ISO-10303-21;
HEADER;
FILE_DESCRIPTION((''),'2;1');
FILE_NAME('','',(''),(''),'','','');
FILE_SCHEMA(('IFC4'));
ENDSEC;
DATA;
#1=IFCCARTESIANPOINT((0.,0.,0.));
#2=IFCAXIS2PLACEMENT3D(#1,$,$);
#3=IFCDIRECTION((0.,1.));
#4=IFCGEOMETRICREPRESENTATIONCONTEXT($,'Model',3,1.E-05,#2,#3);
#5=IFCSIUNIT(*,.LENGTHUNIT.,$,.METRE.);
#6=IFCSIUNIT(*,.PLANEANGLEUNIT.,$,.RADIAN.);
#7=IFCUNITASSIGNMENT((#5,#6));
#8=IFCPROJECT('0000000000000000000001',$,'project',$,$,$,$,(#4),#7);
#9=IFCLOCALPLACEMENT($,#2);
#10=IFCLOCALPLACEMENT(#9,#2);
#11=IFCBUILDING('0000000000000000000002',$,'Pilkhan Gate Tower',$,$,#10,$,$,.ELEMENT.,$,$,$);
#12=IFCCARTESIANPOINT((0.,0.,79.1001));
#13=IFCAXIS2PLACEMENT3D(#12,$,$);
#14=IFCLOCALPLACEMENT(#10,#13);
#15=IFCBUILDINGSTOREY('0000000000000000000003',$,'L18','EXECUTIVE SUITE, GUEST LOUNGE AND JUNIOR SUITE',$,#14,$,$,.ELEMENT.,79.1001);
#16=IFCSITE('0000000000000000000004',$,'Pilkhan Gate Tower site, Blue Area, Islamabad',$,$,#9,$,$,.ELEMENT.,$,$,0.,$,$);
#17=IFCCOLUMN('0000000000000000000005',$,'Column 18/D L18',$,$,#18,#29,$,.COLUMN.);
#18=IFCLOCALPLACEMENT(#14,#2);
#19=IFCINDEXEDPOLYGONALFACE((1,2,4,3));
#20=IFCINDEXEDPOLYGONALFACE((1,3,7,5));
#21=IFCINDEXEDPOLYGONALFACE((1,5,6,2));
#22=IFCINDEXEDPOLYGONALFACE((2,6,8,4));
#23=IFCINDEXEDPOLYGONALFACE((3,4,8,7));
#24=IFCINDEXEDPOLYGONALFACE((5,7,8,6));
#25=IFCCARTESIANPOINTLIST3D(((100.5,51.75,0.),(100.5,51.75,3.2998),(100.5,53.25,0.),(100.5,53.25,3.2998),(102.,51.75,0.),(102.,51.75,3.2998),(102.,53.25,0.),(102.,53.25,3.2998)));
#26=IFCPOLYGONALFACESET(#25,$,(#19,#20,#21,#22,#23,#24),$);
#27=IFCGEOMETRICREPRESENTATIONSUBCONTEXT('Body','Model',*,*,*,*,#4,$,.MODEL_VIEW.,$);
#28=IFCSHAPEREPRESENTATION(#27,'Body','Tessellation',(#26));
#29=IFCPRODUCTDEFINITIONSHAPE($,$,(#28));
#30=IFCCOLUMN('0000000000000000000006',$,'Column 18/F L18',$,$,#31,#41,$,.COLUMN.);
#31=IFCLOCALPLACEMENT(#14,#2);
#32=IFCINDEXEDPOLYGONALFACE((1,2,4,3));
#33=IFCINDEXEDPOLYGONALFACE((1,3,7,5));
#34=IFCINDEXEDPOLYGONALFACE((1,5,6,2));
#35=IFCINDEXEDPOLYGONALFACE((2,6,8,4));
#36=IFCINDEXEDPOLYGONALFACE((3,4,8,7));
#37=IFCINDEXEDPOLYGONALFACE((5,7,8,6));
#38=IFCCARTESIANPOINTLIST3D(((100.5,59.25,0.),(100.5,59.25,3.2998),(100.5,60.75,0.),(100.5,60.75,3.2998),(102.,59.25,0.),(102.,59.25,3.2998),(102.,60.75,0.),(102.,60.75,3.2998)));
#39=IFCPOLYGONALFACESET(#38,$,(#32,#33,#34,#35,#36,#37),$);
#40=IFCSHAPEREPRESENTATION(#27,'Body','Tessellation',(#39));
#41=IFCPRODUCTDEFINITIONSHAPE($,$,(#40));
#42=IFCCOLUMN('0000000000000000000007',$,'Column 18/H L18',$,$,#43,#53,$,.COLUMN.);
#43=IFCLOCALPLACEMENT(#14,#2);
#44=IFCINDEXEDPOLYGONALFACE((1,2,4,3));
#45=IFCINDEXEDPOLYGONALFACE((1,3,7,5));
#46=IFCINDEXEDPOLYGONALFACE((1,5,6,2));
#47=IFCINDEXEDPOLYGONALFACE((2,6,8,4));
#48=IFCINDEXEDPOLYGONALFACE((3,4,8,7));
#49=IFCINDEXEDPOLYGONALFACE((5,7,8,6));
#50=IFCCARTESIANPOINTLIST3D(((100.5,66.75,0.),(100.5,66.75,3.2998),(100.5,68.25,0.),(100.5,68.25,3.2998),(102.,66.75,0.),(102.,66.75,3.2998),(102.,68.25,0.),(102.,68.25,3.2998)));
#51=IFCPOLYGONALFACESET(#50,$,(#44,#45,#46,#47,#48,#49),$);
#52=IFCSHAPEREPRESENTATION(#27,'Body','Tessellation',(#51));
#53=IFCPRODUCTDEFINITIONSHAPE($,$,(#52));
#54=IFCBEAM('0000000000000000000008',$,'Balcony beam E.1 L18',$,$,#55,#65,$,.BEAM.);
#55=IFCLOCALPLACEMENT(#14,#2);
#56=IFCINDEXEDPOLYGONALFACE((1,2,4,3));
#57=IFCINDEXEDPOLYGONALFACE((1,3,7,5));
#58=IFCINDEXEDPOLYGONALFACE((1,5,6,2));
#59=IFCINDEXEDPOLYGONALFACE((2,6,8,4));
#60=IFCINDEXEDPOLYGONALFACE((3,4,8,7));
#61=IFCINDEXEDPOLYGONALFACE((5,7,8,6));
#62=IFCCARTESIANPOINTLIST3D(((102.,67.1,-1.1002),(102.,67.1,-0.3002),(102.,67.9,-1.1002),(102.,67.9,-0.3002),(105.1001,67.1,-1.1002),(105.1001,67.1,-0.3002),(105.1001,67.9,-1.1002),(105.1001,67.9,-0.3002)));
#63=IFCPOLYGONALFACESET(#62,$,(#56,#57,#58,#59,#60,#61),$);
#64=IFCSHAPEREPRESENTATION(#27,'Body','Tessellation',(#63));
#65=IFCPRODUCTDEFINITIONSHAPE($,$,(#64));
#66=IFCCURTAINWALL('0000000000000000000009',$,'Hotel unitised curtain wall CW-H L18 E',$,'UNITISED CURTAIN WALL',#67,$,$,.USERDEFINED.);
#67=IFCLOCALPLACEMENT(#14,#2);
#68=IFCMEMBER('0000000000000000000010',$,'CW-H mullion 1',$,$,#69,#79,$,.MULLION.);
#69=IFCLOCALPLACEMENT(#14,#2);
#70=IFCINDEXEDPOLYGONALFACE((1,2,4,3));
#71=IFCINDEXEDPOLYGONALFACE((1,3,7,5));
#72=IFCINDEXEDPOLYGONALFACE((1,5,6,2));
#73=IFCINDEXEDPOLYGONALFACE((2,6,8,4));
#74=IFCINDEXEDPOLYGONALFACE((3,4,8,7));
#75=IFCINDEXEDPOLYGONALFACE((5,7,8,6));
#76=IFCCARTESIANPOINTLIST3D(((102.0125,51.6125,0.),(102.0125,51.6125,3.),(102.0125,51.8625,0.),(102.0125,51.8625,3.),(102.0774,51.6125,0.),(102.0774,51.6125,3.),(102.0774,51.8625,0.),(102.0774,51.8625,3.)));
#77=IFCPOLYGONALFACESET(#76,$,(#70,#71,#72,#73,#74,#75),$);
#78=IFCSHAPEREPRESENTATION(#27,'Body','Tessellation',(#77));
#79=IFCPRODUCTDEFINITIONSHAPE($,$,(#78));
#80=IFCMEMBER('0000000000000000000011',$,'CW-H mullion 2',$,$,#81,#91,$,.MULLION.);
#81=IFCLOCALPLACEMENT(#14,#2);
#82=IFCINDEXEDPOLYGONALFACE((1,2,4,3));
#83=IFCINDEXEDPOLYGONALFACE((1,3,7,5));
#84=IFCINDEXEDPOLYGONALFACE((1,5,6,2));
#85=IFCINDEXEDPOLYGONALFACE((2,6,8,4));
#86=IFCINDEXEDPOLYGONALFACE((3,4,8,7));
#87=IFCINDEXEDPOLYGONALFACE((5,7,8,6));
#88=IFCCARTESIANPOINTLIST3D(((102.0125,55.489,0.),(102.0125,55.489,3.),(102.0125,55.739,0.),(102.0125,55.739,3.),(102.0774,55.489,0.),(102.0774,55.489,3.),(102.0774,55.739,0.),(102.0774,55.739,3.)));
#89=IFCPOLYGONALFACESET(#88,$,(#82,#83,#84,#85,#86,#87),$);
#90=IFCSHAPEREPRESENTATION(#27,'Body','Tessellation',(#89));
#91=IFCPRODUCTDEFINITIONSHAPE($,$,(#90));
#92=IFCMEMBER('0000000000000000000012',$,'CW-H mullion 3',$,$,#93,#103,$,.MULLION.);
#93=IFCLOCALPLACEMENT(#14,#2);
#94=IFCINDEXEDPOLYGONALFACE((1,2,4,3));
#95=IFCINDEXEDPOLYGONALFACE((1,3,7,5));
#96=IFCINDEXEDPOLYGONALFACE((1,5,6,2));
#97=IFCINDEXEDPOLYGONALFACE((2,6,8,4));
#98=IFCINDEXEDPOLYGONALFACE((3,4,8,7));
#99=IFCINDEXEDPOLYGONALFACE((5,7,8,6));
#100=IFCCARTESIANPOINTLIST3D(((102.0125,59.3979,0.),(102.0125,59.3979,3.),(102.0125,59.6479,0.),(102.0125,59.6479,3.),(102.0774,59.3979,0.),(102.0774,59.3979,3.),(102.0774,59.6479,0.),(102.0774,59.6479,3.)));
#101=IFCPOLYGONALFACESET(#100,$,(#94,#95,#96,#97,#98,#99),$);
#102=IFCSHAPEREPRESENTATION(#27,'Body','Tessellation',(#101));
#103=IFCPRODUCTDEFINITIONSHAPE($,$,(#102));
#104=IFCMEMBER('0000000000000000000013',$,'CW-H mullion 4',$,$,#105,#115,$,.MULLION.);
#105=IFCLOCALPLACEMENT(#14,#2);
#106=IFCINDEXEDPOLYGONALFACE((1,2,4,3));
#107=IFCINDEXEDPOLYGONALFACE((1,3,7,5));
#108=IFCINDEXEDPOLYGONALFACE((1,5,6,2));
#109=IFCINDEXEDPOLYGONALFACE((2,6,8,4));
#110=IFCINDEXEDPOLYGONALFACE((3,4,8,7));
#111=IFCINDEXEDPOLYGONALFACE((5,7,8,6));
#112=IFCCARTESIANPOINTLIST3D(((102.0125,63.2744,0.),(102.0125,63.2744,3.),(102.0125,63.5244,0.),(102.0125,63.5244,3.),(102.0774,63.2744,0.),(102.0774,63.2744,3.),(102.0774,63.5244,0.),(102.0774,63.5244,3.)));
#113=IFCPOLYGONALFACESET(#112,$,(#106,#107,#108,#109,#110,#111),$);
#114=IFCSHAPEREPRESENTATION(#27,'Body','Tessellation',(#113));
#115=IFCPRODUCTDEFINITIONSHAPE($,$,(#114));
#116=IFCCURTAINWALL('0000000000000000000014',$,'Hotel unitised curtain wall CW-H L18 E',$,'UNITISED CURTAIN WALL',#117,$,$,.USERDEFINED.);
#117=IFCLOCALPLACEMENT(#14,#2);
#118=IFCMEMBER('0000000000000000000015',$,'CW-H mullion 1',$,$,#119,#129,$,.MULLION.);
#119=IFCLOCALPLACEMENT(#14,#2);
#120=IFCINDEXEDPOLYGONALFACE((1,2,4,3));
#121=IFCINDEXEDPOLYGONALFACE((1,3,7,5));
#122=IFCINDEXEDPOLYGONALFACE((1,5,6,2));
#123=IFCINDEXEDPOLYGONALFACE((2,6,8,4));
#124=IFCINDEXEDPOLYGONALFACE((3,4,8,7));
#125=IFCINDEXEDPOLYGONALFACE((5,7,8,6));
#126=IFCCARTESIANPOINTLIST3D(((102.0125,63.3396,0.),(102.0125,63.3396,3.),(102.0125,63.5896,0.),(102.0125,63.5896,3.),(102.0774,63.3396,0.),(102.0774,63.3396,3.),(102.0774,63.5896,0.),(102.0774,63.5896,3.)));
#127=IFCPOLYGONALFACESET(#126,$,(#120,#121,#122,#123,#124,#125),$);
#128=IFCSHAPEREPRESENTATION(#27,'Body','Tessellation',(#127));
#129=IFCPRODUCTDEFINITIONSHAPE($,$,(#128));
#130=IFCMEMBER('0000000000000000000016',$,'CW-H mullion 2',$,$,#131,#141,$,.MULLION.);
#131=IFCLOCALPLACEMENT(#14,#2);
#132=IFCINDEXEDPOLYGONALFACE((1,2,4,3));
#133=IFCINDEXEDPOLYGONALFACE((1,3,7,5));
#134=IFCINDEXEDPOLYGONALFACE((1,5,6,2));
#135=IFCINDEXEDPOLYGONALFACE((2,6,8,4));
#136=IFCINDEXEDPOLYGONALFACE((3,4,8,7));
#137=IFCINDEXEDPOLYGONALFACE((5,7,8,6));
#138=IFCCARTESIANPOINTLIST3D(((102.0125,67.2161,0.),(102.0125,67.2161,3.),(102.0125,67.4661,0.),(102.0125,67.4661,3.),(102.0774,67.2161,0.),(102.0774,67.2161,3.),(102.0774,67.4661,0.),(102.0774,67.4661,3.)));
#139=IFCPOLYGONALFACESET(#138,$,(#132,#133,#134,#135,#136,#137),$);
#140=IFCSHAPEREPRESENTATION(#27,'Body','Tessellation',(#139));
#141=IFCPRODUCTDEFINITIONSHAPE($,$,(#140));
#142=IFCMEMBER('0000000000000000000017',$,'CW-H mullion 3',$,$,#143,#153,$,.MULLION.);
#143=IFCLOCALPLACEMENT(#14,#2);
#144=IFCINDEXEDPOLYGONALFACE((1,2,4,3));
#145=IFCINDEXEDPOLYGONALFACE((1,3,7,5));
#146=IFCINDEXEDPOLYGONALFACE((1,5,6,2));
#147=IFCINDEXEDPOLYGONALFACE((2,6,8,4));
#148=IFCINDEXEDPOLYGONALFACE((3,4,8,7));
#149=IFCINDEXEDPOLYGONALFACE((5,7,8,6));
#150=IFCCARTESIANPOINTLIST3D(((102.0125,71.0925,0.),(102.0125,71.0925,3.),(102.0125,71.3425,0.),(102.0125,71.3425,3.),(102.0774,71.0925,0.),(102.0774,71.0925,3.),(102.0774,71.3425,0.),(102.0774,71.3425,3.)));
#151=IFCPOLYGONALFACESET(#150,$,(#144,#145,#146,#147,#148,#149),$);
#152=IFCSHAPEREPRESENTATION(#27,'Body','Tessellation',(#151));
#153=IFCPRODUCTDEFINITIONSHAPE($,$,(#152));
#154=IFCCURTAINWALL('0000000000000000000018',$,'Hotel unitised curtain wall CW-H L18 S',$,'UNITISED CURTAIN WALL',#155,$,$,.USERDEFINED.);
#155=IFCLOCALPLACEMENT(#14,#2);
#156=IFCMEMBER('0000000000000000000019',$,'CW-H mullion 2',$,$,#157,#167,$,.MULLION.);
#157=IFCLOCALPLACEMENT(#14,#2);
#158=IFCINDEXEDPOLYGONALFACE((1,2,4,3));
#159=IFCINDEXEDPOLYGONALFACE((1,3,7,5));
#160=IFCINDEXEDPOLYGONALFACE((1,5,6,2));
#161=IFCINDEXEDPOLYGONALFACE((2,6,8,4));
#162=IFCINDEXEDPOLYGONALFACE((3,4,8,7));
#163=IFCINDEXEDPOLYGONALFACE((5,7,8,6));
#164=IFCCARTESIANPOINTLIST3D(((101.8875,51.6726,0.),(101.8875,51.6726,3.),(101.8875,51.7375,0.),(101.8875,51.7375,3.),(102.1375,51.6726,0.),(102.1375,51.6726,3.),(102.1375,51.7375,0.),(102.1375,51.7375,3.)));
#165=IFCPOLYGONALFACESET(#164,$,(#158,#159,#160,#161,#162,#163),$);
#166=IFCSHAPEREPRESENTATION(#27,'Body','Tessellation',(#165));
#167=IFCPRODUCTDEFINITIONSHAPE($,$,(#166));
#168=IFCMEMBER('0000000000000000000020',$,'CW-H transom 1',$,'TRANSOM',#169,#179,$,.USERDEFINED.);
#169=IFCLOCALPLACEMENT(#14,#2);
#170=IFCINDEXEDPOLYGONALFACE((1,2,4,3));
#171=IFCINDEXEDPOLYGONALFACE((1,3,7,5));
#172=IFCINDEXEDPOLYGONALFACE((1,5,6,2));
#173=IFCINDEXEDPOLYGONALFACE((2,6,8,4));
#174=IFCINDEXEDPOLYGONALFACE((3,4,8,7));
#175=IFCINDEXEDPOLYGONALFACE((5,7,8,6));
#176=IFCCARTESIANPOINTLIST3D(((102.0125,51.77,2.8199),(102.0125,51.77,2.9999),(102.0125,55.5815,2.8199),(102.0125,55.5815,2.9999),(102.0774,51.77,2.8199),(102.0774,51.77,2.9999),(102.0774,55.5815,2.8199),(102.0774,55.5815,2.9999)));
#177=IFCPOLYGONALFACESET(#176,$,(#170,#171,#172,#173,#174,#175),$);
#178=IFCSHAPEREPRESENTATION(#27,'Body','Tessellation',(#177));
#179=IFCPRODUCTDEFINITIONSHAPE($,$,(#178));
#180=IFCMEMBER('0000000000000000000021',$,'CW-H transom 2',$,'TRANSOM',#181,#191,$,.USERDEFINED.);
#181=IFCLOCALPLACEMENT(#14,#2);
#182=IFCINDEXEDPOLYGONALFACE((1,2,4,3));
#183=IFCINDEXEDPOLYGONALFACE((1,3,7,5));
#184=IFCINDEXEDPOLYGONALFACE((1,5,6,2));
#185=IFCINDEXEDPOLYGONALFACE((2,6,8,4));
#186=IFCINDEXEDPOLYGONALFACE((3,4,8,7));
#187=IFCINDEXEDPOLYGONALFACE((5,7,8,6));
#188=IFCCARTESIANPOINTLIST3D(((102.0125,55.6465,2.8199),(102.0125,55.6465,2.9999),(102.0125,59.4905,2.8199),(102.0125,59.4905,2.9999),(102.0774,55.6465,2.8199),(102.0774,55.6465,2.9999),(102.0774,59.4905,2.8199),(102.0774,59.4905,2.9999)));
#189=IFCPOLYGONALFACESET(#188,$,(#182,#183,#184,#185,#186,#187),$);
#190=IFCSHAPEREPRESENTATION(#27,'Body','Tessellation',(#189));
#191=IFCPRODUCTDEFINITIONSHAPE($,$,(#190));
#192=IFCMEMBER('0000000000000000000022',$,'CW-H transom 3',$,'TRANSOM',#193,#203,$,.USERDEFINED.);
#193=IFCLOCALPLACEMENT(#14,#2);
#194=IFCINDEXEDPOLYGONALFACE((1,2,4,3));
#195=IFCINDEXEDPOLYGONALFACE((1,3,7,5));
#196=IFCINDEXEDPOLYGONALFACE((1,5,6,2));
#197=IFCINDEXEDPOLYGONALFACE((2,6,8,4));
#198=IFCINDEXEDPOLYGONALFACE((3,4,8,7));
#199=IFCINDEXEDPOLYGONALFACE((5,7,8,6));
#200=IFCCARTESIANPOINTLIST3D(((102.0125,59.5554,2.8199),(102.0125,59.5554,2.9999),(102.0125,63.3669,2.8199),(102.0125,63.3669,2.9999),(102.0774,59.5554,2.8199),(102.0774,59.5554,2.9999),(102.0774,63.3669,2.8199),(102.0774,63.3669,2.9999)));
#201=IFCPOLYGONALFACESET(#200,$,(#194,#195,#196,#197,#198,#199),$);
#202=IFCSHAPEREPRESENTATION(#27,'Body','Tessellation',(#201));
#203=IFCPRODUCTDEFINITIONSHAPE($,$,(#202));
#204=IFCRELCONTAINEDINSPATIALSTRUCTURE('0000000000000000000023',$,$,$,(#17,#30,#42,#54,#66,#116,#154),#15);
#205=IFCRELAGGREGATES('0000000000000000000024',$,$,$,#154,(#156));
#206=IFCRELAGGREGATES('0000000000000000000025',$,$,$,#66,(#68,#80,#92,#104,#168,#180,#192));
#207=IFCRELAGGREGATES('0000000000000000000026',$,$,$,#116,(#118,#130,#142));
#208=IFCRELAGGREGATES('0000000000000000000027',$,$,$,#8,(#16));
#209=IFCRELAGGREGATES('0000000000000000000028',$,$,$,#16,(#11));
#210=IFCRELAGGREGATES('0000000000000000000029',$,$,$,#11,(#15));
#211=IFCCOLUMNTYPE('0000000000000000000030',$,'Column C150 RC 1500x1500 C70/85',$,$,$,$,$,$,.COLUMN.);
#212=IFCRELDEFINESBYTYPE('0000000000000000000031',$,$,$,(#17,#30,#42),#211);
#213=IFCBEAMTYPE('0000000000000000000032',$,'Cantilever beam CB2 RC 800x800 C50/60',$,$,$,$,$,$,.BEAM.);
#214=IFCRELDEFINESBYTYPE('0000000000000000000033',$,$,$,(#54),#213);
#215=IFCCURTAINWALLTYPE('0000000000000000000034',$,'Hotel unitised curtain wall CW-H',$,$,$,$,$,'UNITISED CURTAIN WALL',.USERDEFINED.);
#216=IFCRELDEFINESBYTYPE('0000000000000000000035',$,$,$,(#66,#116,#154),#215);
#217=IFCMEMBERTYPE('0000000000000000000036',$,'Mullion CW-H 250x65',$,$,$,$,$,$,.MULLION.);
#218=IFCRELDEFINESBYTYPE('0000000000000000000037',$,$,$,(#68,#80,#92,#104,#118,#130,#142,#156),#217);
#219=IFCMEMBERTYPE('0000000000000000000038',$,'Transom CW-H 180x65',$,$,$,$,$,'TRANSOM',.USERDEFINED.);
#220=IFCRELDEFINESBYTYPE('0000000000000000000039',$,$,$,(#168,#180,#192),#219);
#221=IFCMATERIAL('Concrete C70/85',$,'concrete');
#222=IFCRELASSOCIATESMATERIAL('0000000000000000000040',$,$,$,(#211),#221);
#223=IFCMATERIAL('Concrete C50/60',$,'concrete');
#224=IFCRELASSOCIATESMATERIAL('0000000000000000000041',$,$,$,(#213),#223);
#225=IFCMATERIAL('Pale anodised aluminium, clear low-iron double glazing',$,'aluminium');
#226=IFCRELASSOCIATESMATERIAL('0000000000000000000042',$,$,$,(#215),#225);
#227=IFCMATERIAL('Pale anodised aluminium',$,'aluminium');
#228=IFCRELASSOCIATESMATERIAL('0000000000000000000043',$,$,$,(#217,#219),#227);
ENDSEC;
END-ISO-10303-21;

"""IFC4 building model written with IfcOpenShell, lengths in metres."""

from ifc_helpers import new_model, si_unit, direction, frame, origin, origin_2d, place, context, subcontext, project, spatial, rectangle, extrude, material, material_profile, profile_set, type_object, element, aggregate, save


model = new_model("IFC4")

# Units and contexts
model_context = context("Model", 3, precision=1e-05, world=origin(), true_north=direction((0.0, 1.0)))
body_context = subcontext(model_context, "Body", "Model", "MODEL_VIEW")
ifc_project = project(units=[si_unit("LENGTHUNIT", "METRE"), si_unit("PLANEANGLEUNIT", "RADIAN")], contexts=[model_context])

# Site, building, storey
site_placement = place(None, origin())
site = spatial("IfcSite", under=ifc_project, at=site_placement, Name="Pilkhan Gate Tower site, Blue Area, Islamabad", CompositionType="ELEMENT", RefElevation=0.0)
building_placement = place(site_placement, origin())
building = spatial("IfcBuilding", under=site, at=building_placement, Name="Pilkhan Gate Tower", CompositionType="ELEMENT")
storey_placement = place(building_placement, frame((0.0, 0.0, 79.1001)))
storey = spatial("IfcBuildingStorey", under=building, at=storey_placement, Name="L18", Description="EXECUTIVE SUITE, GUEST LOUNGE AND JUNIOR SUITE", CompositionType="ELEMENT", Elevation=79.1001)

# Columns
ifc_material_1 = material(Name="Concrete C70/85", Category="concrete")
ifc_material_profile_1 = material_profile(ifc_material_1, rectangle(XDim=1.5, YDim=1.5, at=origin_2d()), Name="RC 1500x1500")
ifc_profile_set_1 = profile_set([ifc_material_profile_1], Name="Concrete C70/85")
column_type = type_object("IfcColumnType", Name="Column C150 RC 1500x1500 C70/85", PredefinedType="COLUMN", material=ifc_profile_set_1)
for number, where, z_axis, x_axis, name in (
    (1, (101.25, 52.5, 0.0), (0.0, 0.0, 1.0), (1.0, 0.0, 0.0), "Column 18/D L18"),
    (2, (101.25, 60.0, 0.0), (0.0, 0.0, 1.0), (1.0, 0.0, 0.0), "Column 18/F L18"),
    (3, (101.25, 67.5, 0.0), (0.0, 0.0, 1.0), (1.0, 0.0, 0.0), "Column 18/H L18"),
):
    element("IfcColumn", number, at=place(storey_placement, frame(where, z_axis=z_axis, x_axis=x_axis)), inside=storey, type_object=column_type, Name=name, PredefinedType="COLUMN", context=body_context, shape_type="SweptSolid", body=[
        extrude(rectangle(XDim=1.5, YDim=1.5, at=origin_2d()), origin(), (0.0, 0.0, 1.0), 3.2998),
    ])

# Beam
ifc_material_2 = material(Name="Concrete C50/60", Category="concrete")
ifc_material_profile_2 = material_profile(ifc_material_2, rectangle(XDim=0.8, YDim=0.8, at=origin_2d()), Name="RC 800x800")
ifc_profile_set_2 = profile_set([ifc_material_profile_2], Name="Concrete C50/60")
beam_type = type_object("IfcBeamType", Name="Cantilever beam CB2 RC 800x800 C50/60", PredefinedType="BEAM", material=ifc_profile_set_2)
beam_placement = place(storey_placement, frame((102.0, 67.5, -0.7002), z_axis=(1.0, 0.0, 0.0), x_axis=(0.0, 1.0, 0.0)))
element("IfcBeam", 4, at=beam_placement, inside=storey, type_object=beam_type, Name="Balcony beam E.1 L18", PredefinedType="BEAM", context=body_context, shape_type="SweptSolid", body=[
    extrude(rectangle(XDim=0.8, YDim=0.8, at=origin_2d()), origin(), (0.0, 0.0, 1.0), 3.1001),
])

# Curtain walls, members
ifc_material_3 = material(Name="Pale anodised aluminium, clear low-iron double glazing", Category="aluminium")
curtain_wall_type = type_object("IfcCurtainWallType", Name="Hotel unitised curtain wall CW-H", ElementType="UNITISED CURTAIN WALL", PredefinedType="USERDEFINED", material=ifc_material_3)
curtain_wall_1_placement = place(storey_placement, origin())
curtain_wall_1 = element("IfcCurtainWall", 5, at=curtain_wall_1_placement, inside=storey, type_object=curtain_wall_type, Name="Hotel unitised curtain wall CW-H L18 E", ObjectType="UNITISED CURTAIN WALL", PredefinedType="USERDEFINED")
ifc_material_4 = material(Name="Pale anodised aluminium", Category="aluminium")
ifc_material_profile_3 = material_profile(ifc_material_4, rectangle(XDim=0.0649, YDim=0.25, at=origin_2d()), Name="Mullion 250x65")
ifc_profile_set_3 = profile_set([ifc_material_profile_3], Name="Pale anodised aluminium")
member_type_1 = type_object("IfcMemberType", Name="Mullion CW-H 250x65", PredefinedType="MULLION", material=ifc_profile_set_3)
member_1_placement = place(storey_placement, frame((102.0449, 51.7375, 0.0), z_axis=(0.0, 0.0, 1.0), x_axis=(-1.0, 0.0, 0.0)))
member_1 = element("IfcMember", 6, at=member_1_placement, type_object=member_type_1, Name="CW-H mullion 1", PredefinedType="MULLION", context=body_context, shape_type="SweptSolid", body=[
    extrude(rectangle(XDim=0.0649, YDim=0.25, at=origin_2d()), origin(), (0.0, 0.0, 1.0), 3.0),
])
member_2_placement = place(storey_placement, frame((102.0449, 55.614, 0.0), z_axis=(0.0, 0.0, 1.0), x_axis=(-1.0, 0.0, 0.0)))
member_2 = element("IfcMember", 7, at=member_2_placement, type_object=member_type_1, Name="CW-H mullion 2", PredefinedType="MULLION", context=body_context, shape_type="SweptSolid", body=[
    extrude(rectangle(XDim=0.0649, YDim=0.25, at=origin_2d()), origin(), (0.0, 0.0, 1.0), 3.0),
])
member_3_placement = place(storey_placement, frame((102.0449, 59.5229, 0.0), z_axis=(0.0, 0.0, 1.0), x_axis=(-1.0, 0.0, 0.0)))
member_3 = element("IfcMember", 8, at=member_3_placement, type_object=member_type_1, Name="CW-H mullion 3", PredefinedType="MULLION", context=body_context, shape_type="SweptSolid", body=[
    extrude(rectangle(XDim=0.0649, YDim=0.25, at=origin_2d()), origin(), (0.0, 0.0, 1.0), 3.0),
])
member_4_placement = place(storey_placement, frame((102.0449, 63.3994, 0.0), z_axis=(0.0, 0.0, 1.0), x_axis=(-1.0, 0.0, 0.0)))
member_4 = element("IfcMember", 9, at=member_4_placement, type_object=member_type_1, Name="CW-H mullion 4", PredefinedType="MULLION", context=body_context, shape_type="SweptSolid", body=[
    extrude(rectangle(XDim=0.0649, YDim=0.25, at=origin_2d()), origin(), (0.0, 0.0, 1.0), 3.0),
])
curtain_wall_2_placement = place(storey_placement, origin())
curtain_wall_2 = element("IfcCurtainWall", 10, at=curtain_wall_2_placement, inside=storey, type_object=curtain_wall_type, Name="Hotel unitised curtain wall CW-H L18 E", ObjectType="UNITISED CURTAIN WALL", PredefinedType="USERDEFINED")
member_5_placement = place(storey_placement, frame((102.0449, 63.4646, 0.0), z_axis=(0.0, 0.0, 1.0), x_axis=(-1.0, 0.0, 0.0)))
member_5 = element("IfcMember", 11, at=member_5_placement, type_object=member_type_1, Name="CW-H mullion 1", PredefinedType="MULLION", context=body_context, shape_type="SweptSolid", body=[
    extrude(rectangle(XDim=0.0649, YDim=0.25, at=origin_2d()), origin(), (0.0, 0.0, 1.0), 3.0),
])
member_6_placement = place(storey_placement, frame((102.0449, 67.3411, 0.0), z_axis=(0.0, 0.0, 1.0), x_axis=(-1.0, 0.0, 0.0)))
member_6 = element("IfcMember", 12, at=member_6_placement, type_object=member_type_1, Name="CW-H mullion 2", PredefinedType="MULLION", context=body_context, shape_type="SweptSolid", body=[
    extrude(rectangle(XDim=0.0649, YDim=0.25, at=origin_2d()), origin(), (0.0, 0.0, 1.0), 3.0),
])
member_7_placement = place(storey_placement, frame((102.0449, 71.2175, 0.0), z_axis=(0.0, 0.0, 1.0), x_axis=(-1.0, 0.0, 0.0)))
member_7 = element("IfcMember", 13, at=member_7_placement, type_object=member_type_1, Name="CW-H mullion 3", PredefinedType="MULLION", context=body_context, shape_type="SweptSolid", body=[
    extrude(rectangle(XDim=0.0649, YDim=0.25, at=origin_2d()), origin(), (0.0, 0.0, 1.0), 3.0),
])

# Curtain wall, member
curtain_wall_3_placement = place(storey_placement, origin())
curtain_wall_3 = element("IfcCurtainWall", 14, at=curtain_wall_3_placement, inside=storey, type_object=curtain_wall_type, Name="Hotel unitised curtain wall CW-H L18 S", ObjectType="UNITISED CURTAIN WALL", PredefinedType="USERDEFINED")
member_8_placement = place(storey_placement, frame((102.0125, 51.7051, 0.0), z_axis=(0.0, 0.0, 1.0), x_axis=(0.0, 1.0, 0.0)))
member_8 = element("IfcMember", 15, at=member_8_placement, type_object=member_type_1, Name="CW-H mullion 2", PredefinedType="MULLION", context=body_context, shape_type="SweptSolid", body=[
    extrude(rectangle(XDim=0.0649, YDim=0.25, at=origin_2d()), origin(), (0.0, 0.0, 1.0), 3.0),
])
aggregate(curtain_wall_3, [member_8])

# Members
ifc_material_profile_4 = material_profile(ifc_material_4, rectangle(XDim=0.0649, YDim=0.1799, at=origin_2d()), Name="Transom 180x65")
ifc_profile_set_4 = profile_set([ifc_material_profile_4], Name="Pale anodised aluminium")
member_type_2 = type_object("IfcMemberType", Name="Transom CW-H 180x65", ElementType="TRANSOM", PredefinedType="USERDEFINED", material=ifc_profile_set_4)
member_9_placement = place(storey_placement, frame((102.0449, 51.77, 2.9099), z_axis=(0.0, 1.0, 0.0), x_axis=(-1.0, 0.0, 0.0)))
member_9 = element("IfcMember", 16, at=member_9_placement, type_object=member_type_2, Name="CW-H transom 1", ObjectType="TRANSOM", PredefinedType="USERDEFINED", context=body_context, shape_type="SweptSolid", body=[
    extrude(rectangle(XDim=0.0649, YDim=0.1799, at=origin_2d()), origin(), (0.0, 0.0, 1.0), 3.8115),
])
member_10_placement = place(storey_placement, frame((102.0449, 55.6465, 2.9099), z_axis=(0.0, 1.0, 0.0), x_axis=(-1.0, 0.0, 0.0)))
member_10 = element("IfcMember", 17, at=member_10_placement, type_object=member_type_2, Name="CW-H transom 2", ObjectType="TRANSOM", PredefinedType="USERDEFINED", context=body_context, shape_type="SweptSolid", body=[
    extrude(rectangle(XDim=0.0649, YDim=0.1799, at=origin_2d()), origin(), (0.0, 0.0, 1.0), 3.844),
])
member_11_placement = place(storey_placement, frame((102.0449, 59.5554, 2.9099), z_axis=(0.0, 1.0, 0.0), x_axis=(-1.0, 0.0, 0.0)))
member_11 = element("IfcMember", 18, at=member_11_placement, type_object=member_type_2, Name="CW-H transom 3", ObjectType="TRANSOM", PredefinedType="USERDEFINED", context=body_context, shape_type="SweptSolid", body=[
    extrude(rectangle(XDim=0.0649, YDim=0.1799, at=origin_2d()), origin(), (0.0, 0.0, 1.0), 3.8115),
])

aggregate(curtain_wall_1, [member_1, member_2, member_3, member_4, member_9, member_10, member_11])
aggregate(curtain_wall_2, [member_5, member_6, member_7])

save(model, "model.ifc")
